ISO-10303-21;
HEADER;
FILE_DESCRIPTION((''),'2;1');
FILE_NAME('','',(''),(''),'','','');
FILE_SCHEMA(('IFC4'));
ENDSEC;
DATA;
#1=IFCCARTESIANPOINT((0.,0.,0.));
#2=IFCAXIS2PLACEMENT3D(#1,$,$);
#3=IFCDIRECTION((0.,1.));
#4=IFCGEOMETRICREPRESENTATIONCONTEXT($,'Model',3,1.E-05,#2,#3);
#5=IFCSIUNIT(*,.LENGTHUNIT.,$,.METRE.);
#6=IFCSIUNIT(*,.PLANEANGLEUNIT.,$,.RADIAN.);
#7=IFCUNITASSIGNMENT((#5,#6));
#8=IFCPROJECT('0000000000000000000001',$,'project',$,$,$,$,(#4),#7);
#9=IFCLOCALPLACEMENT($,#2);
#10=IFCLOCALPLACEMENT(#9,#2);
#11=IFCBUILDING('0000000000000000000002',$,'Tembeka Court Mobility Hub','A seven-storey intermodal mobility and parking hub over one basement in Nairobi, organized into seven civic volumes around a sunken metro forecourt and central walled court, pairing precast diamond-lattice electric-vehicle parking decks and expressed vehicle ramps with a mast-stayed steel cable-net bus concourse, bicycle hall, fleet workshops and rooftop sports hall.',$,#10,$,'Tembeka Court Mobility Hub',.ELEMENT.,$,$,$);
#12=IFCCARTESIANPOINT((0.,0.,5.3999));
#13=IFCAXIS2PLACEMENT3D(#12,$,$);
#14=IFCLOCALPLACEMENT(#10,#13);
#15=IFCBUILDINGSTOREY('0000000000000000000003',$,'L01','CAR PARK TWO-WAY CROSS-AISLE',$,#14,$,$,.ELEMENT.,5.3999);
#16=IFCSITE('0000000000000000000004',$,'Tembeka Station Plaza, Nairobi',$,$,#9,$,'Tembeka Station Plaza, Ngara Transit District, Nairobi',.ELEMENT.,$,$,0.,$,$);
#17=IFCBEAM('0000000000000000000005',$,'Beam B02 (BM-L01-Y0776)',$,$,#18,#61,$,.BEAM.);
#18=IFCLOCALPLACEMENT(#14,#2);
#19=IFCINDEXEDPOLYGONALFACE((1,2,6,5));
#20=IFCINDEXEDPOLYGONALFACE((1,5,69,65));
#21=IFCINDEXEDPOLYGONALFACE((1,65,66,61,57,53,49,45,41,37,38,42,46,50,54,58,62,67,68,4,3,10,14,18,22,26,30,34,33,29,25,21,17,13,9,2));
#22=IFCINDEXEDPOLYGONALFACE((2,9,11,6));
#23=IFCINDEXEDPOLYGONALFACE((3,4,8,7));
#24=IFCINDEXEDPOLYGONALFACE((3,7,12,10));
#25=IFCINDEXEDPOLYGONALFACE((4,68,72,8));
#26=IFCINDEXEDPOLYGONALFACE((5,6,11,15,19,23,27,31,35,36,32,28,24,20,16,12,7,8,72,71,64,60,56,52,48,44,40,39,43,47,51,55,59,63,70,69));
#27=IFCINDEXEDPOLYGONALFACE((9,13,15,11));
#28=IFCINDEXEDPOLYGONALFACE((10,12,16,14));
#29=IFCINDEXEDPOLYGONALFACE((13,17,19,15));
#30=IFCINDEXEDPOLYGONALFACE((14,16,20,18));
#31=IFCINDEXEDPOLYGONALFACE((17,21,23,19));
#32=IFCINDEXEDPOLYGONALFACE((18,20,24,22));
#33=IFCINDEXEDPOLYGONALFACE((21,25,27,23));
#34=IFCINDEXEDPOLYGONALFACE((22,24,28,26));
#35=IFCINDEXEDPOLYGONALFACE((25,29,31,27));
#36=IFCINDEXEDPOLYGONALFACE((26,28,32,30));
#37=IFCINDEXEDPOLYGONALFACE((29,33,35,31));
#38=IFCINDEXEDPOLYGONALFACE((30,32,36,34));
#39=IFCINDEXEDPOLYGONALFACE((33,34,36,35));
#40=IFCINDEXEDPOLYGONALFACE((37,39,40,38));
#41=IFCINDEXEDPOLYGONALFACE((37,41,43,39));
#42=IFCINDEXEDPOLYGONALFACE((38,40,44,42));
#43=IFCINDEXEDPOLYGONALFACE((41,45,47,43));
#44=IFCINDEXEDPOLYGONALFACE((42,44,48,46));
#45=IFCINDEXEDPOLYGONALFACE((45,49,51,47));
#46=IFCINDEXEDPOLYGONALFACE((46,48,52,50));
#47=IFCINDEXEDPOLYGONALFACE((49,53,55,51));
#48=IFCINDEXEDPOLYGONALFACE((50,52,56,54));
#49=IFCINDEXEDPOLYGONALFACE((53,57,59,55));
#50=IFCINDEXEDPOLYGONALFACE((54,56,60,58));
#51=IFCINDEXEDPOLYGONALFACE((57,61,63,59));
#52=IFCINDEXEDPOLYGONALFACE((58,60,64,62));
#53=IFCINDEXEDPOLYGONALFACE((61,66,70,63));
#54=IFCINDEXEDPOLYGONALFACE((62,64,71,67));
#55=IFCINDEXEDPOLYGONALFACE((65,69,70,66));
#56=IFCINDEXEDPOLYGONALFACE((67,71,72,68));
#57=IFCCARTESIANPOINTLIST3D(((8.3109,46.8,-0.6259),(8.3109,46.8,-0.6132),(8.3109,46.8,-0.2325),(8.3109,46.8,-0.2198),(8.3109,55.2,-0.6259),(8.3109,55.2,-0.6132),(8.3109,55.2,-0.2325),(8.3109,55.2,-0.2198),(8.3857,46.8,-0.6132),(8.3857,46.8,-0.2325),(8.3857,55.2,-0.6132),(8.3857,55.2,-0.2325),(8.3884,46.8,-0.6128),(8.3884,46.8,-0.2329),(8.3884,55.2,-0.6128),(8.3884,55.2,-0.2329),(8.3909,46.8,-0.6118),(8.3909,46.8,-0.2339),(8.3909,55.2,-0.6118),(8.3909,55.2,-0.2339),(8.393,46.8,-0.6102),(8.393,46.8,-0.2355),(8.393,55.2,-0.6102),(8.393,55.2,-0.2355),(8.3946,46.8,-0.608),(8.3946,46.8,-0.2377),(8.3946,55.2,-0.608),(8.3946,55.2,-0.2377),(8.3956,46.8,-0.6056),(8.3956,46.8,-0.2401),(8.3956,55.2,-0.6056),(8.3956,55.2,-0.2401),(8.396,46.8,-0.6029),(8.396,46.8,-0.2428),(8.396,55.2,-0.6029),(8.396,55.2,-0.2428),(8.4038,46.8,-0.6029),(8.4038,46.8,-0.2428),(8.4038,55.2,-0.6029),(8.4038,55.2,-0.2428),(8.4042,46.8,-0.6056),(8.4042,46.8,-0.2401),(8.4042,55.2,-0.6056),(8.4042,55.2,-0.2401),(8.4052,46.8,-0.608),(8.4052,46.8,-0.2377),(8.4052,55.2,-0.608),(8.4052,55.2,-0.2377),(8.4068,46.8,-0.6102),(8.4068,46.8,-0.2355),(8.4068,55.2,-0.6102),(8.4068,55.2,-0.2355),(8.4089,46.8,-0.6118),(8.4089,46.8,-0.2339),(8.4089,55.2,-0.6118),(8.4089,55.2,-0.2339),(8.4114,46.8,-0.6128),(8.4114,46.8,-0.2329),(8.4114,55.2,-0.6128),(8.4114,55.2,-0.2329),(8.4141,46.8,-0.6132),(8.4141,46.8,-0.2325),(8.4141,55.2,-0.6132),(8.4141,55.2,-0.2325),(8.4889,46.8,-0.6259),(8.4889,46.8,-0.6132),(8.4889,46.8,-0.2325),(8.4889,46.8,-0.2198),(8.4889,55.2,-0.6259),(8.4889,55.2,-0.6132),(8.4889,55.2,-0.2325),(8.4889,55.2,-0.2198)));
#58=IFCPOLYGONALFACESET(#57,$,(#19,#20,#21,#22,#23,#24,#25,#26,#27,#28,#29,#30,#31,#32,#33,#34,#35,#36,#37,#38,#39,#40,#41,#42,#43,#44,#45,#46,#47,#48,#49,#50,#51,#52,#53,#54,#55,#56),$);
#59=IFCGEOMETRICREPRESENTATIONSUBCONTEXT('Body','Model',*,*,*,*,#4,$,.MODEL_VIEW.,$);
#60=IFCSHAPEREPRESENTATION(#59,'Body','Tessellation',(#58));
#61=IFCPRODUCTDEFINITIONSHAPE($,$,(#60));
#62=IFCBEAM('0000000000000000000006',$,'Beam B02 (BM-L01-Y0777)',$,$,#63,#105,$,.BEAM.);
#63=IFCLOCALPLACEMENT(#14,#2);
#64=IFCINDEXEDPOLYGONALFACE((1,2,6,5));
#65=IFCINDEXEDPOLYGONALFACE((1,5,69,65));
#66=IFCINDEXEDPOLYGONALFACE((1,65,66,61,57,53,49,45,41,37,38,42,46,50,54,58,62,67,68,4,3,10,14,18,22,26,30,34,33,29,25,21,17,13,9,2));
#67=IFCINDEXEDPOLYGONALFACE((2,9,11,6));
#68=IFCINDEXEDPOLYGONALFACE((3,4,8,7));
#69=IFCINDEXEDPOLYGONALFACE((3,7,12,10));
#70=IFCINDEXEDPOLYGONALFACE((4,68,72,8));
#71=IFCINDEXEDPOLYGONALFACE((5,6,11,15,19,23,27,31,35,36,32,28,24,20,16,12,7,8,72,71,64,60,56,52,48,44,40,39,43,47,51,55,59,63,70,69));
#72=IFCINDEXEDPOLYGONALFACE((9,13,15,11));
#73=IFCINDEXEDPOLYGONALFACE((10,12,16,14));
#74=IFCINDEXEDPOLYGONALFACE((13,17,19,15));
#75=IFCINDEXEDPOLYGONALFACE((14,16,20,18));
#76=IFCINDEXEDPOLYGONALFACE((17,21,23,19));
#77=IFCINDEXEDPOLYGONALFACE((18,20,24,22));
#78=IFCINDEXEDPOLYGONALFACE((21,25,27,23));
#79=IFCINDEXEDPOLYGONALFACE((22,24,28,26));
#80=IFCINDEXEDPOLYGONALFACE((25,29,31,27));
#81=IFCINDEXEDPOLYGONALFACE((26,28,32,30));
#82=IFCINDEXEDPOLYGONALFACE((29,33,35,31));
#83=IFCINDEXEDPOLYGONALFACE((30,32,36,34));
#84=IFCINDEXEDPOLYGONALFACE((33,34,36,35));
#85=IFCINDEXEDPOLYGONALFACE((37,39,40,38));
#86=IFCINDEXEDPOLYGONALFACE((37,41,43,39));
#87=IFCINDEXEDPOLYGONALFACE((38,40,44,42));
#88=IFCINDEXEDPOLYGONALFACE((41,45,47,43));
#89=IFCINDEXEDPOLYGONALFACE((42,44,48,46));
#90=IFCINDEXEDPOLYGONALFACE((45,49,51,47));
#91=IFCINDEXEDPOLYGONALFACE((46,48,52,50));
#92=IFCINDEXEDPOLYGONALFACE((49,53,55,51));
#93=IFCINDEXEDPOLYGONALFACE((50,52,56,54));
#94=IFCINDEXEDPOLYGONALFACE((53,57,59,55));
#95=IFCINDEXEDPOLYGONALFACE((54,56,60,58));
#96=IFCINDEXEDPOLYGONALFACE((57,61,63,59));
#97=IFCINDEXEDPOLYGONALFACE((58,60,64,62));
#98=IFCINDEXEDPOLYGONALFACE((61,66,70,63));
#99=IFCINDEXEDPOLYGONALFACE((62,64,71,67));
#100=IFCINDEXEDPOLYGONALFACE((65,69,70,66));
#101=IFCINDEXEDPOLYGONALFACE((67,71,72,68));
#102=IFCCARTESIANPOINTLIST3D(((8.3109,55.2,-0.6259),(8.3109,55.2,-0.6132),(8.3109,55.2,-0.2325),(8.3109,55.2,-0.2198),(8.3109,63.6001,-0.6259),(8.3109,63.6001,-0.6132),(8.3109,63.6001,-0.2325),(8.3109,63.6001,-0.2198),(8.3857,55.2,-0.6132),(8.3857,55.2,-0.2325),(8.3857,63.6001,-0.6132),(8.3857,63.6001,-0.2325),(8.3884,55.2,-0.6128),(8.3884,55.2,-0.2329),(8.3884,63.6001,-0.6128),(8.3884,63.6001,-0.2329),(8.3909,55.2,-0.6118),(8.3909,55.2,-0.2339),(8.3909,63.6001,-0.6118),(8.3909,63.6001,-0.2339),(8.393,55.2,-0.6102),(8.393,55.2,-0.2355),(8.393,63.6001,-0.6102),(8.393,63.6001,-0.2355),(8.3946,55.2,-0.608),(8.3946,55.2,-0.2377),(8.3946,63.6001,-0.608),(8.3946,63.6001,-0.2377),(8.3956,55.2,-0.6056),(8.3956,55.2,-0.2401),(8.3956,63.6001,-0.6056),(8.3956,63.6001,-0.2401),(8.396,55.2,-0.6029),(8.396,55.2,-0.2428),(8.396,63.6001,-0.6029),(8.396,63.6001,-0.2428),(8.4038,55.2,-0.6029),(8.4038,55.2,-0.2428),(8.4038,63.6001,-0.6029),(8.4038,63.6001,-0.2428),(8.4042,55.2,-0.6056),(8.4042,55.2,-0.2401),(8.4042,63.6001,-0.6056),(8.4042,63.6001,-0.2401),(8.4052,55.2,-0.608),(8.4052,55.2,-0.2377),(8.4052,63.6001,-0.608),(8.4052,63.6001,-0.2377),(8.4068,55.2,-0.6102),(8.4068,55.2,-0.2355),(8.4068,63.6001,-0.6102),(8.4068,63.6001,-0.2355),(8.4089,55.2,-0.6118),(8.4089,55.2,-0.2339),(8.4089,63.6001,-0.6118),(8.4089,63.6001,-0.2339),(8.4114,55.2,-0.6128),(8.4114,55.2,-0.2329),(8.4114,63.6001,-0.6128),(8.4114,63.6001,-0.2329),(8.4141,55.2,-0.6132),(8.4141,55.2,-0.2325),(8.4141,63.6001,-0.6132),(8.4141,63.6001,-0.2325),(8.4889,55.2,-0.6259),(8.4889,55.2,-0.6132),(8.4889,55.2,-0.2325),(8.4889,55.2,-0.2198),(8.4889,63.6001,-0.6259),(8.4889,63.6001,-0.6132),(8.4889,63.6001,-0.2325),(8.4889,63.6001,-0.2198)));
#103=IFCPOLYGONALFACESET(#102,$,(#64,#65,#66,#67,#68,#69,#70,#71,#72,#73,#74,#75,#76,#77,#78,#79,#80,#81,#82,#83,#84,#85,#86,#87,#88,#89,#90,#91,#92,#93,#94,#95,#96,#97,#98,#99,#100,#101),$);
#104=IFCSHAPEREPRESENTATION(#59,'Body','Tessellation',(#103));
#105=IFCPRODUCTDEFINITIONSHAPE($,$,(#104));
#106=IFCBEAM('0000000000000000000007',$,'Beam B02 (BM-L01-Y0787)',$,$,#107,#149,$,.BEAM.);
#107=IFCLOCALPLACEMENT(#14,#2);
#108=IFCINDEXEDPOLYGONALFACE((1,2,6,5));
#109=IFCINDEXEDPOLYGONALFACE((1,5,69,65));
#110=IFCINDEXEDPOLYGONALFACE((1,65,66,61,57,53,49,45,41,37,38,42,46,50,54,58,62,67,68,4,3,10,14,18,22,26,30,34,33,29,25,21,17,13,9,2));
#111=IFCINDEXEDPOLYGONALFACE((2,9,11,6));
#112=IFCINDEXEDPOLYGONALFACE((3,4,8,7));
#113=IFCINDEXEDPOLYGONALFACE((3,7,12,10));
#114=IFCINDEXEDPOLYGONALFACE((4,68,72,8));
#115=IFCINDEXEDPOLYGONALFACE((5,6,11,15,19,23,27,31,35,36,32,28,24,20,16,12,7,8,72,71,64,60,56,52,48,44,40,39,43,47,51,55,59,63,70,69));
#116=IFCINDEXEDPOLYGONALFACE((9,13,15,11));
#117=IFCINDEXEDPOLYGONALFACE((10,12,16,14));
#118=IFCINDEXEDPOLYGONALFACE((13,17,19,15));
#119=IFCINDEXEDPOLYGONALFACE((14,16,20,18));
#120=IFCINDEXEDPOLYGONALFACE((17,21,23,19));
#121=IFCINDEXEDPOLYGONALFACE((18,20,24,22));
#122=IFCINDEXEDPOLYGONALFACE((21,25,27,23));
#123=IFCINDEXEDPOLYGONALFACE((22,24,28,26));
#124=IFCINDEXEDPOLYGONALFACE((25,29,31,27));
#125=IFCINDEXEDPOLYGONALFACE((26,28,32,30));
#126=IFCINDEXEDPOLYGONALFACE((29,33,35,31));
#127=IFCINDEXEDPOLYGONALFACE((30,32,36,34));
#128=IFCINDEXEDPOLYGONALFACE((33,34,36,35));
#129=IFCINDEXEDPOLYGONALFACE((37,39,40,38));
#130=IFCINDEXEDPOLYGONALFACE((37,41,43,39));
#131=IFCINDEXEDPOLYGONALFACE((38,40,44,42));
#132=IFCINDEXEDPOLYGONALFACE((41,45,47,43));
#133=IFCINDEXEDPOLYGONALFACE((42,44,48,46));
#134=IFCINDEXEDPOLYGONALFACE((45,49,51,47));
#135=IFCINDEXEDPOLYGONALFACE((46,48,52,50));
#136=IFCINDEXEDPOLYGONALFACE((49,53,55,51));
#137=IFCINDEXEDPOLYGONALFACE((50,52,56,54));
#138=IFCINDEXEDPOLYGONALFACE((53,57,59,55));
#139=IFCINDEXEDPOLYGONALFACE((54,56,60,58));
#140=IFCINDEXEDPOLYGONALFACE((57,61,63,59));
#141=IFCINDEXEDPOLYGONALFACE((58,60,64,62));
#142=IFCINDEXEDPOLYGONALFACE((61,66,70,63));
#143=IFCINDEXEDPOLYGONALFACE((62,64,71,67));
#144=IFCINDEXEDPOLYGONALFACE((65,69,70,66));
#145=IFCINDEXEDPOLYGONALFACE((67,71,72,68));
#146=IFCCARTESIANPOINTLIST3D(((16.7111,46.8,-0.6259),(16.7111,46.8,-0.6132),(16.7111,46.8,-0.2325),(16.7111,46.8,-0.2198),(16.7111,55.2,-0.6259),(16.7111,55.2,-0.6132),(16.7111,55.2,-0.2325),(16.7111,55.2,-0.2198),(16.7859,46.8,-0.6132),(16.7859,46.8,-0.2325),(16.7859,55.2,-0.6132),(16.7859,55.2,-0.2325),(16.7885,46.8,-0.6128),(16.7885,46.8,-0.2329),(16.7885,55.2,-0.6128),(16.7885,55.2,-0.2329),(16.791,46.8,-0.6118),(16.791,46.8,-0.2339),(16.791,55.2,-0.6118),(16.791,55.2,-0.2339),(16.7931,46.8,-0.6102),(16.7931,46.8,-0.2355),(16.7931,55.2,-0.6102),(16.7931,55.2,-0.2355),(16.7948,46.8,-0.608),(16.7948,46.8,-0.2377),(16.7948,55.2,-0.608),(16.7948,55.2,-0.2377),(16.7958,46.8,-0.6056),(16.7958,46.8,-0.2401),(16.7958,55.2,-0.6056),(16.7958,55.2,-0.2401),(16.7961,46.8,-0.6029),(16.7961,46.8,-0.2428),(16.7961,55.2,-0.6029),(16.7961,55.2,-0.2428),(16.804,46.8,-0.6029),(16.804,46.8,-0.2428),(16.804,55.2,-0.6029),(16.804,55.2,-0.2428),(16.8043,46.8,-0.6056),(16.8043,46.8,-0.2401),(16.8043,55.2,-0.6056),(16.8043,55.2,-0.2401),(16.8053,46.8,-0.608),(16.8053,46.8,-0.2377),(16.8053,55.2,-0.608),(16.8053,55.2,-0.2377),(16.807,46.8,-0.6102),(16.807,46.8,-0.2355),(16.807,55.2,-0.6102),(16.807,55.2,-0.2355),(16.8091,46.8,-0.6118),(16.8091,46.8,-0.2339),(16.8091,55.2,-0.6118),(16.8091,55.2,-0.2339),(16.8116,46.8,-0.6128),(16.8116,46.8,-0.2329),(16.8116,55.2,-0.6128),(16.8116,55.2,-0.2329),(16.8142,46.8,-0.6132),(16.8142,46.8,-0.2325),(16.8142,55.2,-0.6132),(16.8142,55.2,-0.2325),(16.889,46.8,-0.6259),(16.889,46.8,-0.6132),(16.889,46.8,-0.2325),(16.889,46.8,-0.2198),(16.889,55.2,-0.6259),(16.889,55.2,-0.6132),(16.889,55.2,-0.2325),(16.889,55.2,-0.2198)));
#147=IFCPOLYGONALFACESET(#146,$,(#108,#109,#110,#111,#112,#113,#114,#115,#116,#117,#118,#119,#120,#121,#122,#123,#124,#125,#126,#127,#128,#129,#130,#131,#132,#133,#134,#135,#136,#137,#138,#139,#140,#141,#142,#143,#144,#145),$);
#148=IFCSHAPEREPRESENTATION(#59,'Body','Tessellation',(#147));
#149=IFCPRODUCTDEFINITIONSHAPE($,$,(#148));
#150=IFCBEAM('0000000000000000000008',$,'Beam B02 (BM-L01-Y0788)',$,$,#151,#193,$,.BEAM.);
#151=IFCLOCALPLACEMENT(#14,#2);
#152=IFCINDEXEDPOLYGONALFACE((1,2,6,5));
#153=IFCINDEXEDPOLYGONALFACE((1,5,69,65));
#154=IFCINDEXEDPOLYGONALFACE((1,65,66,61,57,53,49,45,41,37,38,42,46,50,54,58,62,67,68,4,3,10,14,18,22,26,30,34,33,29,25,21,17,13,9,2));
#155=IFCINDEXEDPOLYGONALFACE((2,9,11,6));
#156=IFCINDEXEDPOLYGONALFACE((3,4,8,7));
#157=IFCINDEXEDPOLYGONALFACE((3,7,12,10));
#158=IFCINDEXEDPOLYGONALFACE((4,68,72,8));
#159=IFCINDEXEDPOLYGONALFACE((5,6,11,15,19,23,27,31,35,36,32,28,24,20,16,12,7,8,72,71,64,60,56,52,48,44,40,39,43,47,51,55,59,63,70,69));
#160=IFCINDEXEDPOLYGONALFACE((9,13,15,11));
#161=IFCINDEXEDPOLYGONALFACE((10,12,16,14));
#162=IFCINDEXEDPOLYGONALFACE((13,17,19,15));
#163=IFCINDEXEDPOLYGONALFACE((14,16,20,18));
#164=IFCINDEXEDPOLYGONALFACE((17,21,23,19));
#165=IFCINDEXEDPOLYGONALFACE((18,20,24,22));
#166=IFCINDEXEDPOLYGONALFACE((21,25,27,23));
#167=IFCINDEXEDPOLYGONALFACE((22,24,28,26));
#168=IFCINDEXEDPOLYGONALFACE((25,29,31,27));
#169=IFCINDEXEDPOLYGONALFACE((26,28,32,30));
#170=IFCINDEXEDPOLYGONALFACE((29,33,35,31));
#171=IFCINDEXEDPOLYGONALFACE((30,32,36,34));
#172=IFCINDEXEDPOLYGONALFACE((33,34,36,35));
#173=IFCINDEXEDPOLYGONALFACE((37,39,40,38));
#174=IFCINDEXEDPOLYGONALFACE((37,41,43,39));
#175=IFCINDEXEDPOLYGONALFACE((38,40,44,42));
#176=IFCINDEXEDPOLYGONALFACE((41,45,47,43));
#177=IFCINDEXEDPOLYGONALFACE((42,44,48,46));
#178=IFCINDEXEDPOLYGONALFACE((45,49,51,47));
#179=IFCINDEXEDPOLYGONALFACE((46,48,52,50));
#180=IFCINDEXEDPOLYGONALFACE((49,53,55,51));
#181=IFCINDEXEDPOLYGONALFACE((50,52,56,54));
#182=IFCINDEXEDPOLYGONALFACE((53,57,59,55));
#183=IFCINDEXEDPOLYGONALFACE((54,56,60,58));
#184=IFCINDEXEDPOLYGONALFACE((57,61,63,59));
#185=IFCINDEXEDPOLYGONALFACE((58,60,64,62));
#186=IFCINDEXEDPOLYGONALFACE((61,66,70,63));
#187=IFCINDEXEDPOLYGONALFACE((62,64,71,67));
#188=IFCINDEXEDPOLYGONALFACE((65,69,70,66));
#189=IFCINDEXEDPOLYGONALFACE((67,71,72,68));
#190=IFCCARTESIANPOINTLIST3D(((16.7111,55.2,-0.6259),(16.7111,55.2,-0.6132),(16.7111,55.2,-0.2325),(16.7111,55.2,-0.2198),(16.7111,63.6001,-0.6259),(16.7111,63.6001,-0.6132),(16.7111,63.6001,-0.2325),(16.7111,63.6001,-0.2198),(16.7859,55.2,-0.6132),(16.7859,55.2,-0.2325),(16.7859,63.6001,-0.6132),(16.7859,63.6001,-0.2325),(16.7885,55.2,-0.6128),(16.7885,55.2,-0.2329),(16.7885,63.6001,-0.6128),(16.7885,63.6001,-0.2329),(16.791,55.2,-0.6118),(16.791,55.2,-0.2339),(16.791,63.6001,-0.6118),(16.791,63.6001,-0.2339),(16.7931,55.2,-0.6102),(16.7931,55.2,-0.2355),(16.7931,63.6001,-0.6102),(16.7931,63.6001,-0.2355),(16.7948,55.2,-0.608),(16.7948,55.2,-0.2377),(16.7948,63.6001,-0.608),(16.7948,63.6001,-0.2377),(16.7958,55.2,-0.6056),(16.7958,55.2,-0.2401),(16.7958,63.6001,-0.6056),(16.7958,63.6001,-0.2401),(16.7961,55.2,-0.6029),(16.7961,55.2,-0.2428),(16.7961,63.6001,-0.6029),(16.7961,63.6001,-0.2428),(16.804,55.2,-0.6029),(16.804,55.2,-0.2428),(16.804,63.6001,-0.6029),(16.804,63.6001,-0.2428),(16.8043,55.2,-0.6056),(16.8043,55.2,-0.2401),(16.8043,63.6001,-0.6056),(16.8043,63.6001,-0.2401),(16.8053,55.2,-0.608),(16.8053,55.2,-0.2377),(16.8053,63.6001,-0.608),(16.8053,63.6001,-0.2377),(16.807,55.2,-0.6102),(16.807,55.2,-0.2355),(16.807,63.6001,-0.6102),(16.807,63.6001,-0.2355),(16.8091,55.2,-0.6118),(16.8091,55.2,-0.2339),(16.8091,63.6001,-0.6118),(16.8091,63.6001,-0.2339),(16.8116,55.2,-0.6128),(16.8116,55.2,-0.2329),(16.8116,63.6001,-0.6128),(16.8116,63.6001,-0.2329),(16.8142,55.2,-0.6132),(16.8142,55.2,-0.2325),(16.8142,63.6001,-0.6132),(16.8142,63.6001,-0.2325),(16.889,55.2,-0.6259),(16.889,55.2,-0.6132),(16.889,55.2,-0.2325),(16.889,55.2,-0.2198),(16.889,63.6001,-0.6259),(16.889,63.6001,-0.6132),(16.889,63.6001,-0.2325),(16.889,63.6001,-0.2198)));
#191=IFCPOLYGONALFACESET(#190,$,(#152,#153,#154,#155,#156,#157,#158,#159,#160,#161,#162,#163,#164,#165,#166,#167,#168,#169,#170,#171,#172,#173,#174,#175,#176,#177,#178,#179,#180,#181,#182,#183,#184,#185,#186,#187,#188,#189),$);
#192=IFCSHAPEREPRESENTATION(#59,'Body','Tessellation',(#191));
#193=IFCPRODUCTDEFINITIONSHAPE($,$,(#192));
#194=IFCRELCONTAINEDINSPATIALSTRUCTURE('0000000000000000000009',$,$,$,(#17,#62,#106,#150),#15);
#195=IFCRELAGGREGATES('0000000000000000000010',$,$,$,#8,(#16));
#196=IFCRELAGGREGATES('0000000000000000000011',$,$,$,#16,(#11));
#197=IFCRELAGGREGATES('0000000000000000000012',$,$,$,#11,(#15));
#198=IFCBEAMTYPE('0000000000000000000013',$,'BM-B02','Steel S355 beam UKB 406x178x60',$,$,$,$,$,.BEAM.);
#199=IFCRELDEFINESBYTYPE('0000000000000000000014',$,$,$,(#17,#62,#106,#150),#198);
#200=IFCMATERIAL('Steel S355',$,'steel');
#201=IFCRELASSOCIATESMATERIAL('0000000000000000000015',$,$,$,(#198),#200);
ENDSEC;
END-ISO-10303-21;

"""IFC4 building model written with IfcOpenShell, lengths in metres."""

from ifc_helpers import new_model, si_unit, direction, frame, origin, origin_2d, place, context, subcontext, project, spatial, i_section, extrude, material, material_profile, profile_set, type_object, element, save


model = new_model("IFC4")

# Units and contexts
model_context = context("Model", 3, precision=1e-05, world=origin(), true_north=direction((0.0, 1.0)))
body_context = subcontext(model_context, "Body", "Model", "MODEL_VIEW")
ifc_project = project(units=[si_unit("LENGTHUNIT", "METRE"), si_unit("PLANEANGLEUNIT", "RADIAN")], contexts=[model_context])

# Site, building, storey
site_placement = place(None, origin())
site = spatial("IfcSite", under=ifc_project, at=site_placement, Name="Tembeka Station Plaza, Nairobi", LongName="Tembeka Station Plaza, Ngara Transit District, Nairobi", CompositionType="ELEMENT", RefElevation=0.0)
building_placement = place(site_placement, origin())
building = spatial("IfcBuilding", under=site, at=building_placement, Name="Tembeka Court Mobility Hub", Description="A seven-storey intermodal mobility and parking hub over one basement in Nairobi, organized into seven civic volumes around a sunken metro forecourt and central walled court, pairing precast diamond-lattice electric-vehicle parking decks and expressed vehicle ramps with a mast-stayed steel cable-net bus concourse, bicycle hall, fleet workshops and rooftop sports hall.", LongName="Tembeka Court Mobility Hub", CompositionType="ELEMENT")
storey_placement = place(building_placement, frame((0.0, 0.0, 5.3999)))
storey = spatial("IfcBuildingStorey", under=building, at=storey_placement, Name="L01", Description="CAR PARK TWO-WAY CROSS-AISLE", CompositionType="ELEMENT", Elevation=5.3999)

# Shared definitions
ifc_material_1 = material(Name="Steel S355", Category="steel")

# Beams
ifc_material_profile_1 = material_profile(ifc_material_1, i_section(OverallWidth=0.178, OverallDepth=0.406, WebThickness=0.0078, FlangeThickness=0.0127, FilletRadius=0.0103, at=origin_2d()), Name="UKB 406x178x60")
ifc_profile_set_1 = profile_set([ifc_material_profile_1], Name="Steel S355")
beam_type_1 = type_object("IfcBeamType", Name="BM-B02", Description="Steel S355 beam UKB 406x178x60", PredefinedType="BEAM", material=ifc_profile_set_1)
beam_1_placement = place(storey_placement, frame((8.3999, 46.8, -0.4229), z_axis=(0.0, 1.0, 0.0), x_axis=(-1.0, 0.0, 0.0)))
element("IfcBeam", 1, at=beam_1_placement, inside=storey, type_object=beam_type_1, Name="Beam B02 (BM-L01-Y0776)", PredefinedType="BEAM", context=body_context, shape_type="SweptSolid", body=[
    extrude(i_section(OverallWidth=0.178, OverallDepth=0.406, WebThickness=0.0078, FlangeThickness=0.0127, FilletRadius=0.0103, at=origin_2d()), origin(), (0.0, 0.0, 1.0), 8.3999),
])
beam_2_placement = place(storey_placement, frame((8.3999, 55.2, -0.4229), z_axis=(0.0, 1.0, 0.0), x_axis=(-1.0, 0.0, 0.0)))
element("IfcBeam", 2, at=beam_2_placement, inside=storey, type_object=beam_type_1, Name="Beam B02 (BM-L01-Y0777)", PredefinedType="BEAM", context=body_context, shape_type="SweptSolid", body=[
    extrude(i_section(OverallWidth=0.178, OverallDepth=0.406, WebThickness=0.0078, FlangeThickness=0.0127, FilletRadius=0.0103, at=origin_2d()), origin(), (0.0, 0.0, 1.0), 8.4001),
])
beam_3_placement = place(storey_placement, frame((16.8, 46.8, -0.4229), z_axis=(0.0, 1.0, 0.0), x_axis=(-1.0, 0.0, 0.0)))
element("IfcBeam", 3, at=beam_3_placement, inside=storey, type_object=beam_type_1, Name="Beam B02 (BM-L01-Y0787)", PredefinedType="BEAM", context=body_context, shape_type="SweptSolid", body=[
    extrude(i_section(OverallWidth=0.178, OverallDepth=0.406, WebThickness=0.0078, FlangeThickness=0.0127, FilletRadius=0.0103, at=origin_2d()), origin(), (0.0, 0.0, 1.0), 8.3999),
])
beam_4_placement = place(storey_placement, frame((16.8, 55.2, -0.4229), z_axis=(0.0, 1.0, 0.0), x_axis=(-1.0, 0.0, 0.0)))
element("IfcBeam", 4, at=beam_4_placement, inside=storey, type_object=beam_type_1, Name="Beam B02 (BM-L01-Y0788)", PredefinedType="BEAM", context=body_context, shape_type="SweptSolid", body=[
    extrude(i_section(OverallWidth=0.178, OverallDepth=0.406, WebThickness=0.0078, FlangeThickness=0.0127, FilletRadius=0.0103, at=origin_2d()), origin(), (0.0, 0.0, 1.0), 8.4001),
])

save(model, "model.ifc")
